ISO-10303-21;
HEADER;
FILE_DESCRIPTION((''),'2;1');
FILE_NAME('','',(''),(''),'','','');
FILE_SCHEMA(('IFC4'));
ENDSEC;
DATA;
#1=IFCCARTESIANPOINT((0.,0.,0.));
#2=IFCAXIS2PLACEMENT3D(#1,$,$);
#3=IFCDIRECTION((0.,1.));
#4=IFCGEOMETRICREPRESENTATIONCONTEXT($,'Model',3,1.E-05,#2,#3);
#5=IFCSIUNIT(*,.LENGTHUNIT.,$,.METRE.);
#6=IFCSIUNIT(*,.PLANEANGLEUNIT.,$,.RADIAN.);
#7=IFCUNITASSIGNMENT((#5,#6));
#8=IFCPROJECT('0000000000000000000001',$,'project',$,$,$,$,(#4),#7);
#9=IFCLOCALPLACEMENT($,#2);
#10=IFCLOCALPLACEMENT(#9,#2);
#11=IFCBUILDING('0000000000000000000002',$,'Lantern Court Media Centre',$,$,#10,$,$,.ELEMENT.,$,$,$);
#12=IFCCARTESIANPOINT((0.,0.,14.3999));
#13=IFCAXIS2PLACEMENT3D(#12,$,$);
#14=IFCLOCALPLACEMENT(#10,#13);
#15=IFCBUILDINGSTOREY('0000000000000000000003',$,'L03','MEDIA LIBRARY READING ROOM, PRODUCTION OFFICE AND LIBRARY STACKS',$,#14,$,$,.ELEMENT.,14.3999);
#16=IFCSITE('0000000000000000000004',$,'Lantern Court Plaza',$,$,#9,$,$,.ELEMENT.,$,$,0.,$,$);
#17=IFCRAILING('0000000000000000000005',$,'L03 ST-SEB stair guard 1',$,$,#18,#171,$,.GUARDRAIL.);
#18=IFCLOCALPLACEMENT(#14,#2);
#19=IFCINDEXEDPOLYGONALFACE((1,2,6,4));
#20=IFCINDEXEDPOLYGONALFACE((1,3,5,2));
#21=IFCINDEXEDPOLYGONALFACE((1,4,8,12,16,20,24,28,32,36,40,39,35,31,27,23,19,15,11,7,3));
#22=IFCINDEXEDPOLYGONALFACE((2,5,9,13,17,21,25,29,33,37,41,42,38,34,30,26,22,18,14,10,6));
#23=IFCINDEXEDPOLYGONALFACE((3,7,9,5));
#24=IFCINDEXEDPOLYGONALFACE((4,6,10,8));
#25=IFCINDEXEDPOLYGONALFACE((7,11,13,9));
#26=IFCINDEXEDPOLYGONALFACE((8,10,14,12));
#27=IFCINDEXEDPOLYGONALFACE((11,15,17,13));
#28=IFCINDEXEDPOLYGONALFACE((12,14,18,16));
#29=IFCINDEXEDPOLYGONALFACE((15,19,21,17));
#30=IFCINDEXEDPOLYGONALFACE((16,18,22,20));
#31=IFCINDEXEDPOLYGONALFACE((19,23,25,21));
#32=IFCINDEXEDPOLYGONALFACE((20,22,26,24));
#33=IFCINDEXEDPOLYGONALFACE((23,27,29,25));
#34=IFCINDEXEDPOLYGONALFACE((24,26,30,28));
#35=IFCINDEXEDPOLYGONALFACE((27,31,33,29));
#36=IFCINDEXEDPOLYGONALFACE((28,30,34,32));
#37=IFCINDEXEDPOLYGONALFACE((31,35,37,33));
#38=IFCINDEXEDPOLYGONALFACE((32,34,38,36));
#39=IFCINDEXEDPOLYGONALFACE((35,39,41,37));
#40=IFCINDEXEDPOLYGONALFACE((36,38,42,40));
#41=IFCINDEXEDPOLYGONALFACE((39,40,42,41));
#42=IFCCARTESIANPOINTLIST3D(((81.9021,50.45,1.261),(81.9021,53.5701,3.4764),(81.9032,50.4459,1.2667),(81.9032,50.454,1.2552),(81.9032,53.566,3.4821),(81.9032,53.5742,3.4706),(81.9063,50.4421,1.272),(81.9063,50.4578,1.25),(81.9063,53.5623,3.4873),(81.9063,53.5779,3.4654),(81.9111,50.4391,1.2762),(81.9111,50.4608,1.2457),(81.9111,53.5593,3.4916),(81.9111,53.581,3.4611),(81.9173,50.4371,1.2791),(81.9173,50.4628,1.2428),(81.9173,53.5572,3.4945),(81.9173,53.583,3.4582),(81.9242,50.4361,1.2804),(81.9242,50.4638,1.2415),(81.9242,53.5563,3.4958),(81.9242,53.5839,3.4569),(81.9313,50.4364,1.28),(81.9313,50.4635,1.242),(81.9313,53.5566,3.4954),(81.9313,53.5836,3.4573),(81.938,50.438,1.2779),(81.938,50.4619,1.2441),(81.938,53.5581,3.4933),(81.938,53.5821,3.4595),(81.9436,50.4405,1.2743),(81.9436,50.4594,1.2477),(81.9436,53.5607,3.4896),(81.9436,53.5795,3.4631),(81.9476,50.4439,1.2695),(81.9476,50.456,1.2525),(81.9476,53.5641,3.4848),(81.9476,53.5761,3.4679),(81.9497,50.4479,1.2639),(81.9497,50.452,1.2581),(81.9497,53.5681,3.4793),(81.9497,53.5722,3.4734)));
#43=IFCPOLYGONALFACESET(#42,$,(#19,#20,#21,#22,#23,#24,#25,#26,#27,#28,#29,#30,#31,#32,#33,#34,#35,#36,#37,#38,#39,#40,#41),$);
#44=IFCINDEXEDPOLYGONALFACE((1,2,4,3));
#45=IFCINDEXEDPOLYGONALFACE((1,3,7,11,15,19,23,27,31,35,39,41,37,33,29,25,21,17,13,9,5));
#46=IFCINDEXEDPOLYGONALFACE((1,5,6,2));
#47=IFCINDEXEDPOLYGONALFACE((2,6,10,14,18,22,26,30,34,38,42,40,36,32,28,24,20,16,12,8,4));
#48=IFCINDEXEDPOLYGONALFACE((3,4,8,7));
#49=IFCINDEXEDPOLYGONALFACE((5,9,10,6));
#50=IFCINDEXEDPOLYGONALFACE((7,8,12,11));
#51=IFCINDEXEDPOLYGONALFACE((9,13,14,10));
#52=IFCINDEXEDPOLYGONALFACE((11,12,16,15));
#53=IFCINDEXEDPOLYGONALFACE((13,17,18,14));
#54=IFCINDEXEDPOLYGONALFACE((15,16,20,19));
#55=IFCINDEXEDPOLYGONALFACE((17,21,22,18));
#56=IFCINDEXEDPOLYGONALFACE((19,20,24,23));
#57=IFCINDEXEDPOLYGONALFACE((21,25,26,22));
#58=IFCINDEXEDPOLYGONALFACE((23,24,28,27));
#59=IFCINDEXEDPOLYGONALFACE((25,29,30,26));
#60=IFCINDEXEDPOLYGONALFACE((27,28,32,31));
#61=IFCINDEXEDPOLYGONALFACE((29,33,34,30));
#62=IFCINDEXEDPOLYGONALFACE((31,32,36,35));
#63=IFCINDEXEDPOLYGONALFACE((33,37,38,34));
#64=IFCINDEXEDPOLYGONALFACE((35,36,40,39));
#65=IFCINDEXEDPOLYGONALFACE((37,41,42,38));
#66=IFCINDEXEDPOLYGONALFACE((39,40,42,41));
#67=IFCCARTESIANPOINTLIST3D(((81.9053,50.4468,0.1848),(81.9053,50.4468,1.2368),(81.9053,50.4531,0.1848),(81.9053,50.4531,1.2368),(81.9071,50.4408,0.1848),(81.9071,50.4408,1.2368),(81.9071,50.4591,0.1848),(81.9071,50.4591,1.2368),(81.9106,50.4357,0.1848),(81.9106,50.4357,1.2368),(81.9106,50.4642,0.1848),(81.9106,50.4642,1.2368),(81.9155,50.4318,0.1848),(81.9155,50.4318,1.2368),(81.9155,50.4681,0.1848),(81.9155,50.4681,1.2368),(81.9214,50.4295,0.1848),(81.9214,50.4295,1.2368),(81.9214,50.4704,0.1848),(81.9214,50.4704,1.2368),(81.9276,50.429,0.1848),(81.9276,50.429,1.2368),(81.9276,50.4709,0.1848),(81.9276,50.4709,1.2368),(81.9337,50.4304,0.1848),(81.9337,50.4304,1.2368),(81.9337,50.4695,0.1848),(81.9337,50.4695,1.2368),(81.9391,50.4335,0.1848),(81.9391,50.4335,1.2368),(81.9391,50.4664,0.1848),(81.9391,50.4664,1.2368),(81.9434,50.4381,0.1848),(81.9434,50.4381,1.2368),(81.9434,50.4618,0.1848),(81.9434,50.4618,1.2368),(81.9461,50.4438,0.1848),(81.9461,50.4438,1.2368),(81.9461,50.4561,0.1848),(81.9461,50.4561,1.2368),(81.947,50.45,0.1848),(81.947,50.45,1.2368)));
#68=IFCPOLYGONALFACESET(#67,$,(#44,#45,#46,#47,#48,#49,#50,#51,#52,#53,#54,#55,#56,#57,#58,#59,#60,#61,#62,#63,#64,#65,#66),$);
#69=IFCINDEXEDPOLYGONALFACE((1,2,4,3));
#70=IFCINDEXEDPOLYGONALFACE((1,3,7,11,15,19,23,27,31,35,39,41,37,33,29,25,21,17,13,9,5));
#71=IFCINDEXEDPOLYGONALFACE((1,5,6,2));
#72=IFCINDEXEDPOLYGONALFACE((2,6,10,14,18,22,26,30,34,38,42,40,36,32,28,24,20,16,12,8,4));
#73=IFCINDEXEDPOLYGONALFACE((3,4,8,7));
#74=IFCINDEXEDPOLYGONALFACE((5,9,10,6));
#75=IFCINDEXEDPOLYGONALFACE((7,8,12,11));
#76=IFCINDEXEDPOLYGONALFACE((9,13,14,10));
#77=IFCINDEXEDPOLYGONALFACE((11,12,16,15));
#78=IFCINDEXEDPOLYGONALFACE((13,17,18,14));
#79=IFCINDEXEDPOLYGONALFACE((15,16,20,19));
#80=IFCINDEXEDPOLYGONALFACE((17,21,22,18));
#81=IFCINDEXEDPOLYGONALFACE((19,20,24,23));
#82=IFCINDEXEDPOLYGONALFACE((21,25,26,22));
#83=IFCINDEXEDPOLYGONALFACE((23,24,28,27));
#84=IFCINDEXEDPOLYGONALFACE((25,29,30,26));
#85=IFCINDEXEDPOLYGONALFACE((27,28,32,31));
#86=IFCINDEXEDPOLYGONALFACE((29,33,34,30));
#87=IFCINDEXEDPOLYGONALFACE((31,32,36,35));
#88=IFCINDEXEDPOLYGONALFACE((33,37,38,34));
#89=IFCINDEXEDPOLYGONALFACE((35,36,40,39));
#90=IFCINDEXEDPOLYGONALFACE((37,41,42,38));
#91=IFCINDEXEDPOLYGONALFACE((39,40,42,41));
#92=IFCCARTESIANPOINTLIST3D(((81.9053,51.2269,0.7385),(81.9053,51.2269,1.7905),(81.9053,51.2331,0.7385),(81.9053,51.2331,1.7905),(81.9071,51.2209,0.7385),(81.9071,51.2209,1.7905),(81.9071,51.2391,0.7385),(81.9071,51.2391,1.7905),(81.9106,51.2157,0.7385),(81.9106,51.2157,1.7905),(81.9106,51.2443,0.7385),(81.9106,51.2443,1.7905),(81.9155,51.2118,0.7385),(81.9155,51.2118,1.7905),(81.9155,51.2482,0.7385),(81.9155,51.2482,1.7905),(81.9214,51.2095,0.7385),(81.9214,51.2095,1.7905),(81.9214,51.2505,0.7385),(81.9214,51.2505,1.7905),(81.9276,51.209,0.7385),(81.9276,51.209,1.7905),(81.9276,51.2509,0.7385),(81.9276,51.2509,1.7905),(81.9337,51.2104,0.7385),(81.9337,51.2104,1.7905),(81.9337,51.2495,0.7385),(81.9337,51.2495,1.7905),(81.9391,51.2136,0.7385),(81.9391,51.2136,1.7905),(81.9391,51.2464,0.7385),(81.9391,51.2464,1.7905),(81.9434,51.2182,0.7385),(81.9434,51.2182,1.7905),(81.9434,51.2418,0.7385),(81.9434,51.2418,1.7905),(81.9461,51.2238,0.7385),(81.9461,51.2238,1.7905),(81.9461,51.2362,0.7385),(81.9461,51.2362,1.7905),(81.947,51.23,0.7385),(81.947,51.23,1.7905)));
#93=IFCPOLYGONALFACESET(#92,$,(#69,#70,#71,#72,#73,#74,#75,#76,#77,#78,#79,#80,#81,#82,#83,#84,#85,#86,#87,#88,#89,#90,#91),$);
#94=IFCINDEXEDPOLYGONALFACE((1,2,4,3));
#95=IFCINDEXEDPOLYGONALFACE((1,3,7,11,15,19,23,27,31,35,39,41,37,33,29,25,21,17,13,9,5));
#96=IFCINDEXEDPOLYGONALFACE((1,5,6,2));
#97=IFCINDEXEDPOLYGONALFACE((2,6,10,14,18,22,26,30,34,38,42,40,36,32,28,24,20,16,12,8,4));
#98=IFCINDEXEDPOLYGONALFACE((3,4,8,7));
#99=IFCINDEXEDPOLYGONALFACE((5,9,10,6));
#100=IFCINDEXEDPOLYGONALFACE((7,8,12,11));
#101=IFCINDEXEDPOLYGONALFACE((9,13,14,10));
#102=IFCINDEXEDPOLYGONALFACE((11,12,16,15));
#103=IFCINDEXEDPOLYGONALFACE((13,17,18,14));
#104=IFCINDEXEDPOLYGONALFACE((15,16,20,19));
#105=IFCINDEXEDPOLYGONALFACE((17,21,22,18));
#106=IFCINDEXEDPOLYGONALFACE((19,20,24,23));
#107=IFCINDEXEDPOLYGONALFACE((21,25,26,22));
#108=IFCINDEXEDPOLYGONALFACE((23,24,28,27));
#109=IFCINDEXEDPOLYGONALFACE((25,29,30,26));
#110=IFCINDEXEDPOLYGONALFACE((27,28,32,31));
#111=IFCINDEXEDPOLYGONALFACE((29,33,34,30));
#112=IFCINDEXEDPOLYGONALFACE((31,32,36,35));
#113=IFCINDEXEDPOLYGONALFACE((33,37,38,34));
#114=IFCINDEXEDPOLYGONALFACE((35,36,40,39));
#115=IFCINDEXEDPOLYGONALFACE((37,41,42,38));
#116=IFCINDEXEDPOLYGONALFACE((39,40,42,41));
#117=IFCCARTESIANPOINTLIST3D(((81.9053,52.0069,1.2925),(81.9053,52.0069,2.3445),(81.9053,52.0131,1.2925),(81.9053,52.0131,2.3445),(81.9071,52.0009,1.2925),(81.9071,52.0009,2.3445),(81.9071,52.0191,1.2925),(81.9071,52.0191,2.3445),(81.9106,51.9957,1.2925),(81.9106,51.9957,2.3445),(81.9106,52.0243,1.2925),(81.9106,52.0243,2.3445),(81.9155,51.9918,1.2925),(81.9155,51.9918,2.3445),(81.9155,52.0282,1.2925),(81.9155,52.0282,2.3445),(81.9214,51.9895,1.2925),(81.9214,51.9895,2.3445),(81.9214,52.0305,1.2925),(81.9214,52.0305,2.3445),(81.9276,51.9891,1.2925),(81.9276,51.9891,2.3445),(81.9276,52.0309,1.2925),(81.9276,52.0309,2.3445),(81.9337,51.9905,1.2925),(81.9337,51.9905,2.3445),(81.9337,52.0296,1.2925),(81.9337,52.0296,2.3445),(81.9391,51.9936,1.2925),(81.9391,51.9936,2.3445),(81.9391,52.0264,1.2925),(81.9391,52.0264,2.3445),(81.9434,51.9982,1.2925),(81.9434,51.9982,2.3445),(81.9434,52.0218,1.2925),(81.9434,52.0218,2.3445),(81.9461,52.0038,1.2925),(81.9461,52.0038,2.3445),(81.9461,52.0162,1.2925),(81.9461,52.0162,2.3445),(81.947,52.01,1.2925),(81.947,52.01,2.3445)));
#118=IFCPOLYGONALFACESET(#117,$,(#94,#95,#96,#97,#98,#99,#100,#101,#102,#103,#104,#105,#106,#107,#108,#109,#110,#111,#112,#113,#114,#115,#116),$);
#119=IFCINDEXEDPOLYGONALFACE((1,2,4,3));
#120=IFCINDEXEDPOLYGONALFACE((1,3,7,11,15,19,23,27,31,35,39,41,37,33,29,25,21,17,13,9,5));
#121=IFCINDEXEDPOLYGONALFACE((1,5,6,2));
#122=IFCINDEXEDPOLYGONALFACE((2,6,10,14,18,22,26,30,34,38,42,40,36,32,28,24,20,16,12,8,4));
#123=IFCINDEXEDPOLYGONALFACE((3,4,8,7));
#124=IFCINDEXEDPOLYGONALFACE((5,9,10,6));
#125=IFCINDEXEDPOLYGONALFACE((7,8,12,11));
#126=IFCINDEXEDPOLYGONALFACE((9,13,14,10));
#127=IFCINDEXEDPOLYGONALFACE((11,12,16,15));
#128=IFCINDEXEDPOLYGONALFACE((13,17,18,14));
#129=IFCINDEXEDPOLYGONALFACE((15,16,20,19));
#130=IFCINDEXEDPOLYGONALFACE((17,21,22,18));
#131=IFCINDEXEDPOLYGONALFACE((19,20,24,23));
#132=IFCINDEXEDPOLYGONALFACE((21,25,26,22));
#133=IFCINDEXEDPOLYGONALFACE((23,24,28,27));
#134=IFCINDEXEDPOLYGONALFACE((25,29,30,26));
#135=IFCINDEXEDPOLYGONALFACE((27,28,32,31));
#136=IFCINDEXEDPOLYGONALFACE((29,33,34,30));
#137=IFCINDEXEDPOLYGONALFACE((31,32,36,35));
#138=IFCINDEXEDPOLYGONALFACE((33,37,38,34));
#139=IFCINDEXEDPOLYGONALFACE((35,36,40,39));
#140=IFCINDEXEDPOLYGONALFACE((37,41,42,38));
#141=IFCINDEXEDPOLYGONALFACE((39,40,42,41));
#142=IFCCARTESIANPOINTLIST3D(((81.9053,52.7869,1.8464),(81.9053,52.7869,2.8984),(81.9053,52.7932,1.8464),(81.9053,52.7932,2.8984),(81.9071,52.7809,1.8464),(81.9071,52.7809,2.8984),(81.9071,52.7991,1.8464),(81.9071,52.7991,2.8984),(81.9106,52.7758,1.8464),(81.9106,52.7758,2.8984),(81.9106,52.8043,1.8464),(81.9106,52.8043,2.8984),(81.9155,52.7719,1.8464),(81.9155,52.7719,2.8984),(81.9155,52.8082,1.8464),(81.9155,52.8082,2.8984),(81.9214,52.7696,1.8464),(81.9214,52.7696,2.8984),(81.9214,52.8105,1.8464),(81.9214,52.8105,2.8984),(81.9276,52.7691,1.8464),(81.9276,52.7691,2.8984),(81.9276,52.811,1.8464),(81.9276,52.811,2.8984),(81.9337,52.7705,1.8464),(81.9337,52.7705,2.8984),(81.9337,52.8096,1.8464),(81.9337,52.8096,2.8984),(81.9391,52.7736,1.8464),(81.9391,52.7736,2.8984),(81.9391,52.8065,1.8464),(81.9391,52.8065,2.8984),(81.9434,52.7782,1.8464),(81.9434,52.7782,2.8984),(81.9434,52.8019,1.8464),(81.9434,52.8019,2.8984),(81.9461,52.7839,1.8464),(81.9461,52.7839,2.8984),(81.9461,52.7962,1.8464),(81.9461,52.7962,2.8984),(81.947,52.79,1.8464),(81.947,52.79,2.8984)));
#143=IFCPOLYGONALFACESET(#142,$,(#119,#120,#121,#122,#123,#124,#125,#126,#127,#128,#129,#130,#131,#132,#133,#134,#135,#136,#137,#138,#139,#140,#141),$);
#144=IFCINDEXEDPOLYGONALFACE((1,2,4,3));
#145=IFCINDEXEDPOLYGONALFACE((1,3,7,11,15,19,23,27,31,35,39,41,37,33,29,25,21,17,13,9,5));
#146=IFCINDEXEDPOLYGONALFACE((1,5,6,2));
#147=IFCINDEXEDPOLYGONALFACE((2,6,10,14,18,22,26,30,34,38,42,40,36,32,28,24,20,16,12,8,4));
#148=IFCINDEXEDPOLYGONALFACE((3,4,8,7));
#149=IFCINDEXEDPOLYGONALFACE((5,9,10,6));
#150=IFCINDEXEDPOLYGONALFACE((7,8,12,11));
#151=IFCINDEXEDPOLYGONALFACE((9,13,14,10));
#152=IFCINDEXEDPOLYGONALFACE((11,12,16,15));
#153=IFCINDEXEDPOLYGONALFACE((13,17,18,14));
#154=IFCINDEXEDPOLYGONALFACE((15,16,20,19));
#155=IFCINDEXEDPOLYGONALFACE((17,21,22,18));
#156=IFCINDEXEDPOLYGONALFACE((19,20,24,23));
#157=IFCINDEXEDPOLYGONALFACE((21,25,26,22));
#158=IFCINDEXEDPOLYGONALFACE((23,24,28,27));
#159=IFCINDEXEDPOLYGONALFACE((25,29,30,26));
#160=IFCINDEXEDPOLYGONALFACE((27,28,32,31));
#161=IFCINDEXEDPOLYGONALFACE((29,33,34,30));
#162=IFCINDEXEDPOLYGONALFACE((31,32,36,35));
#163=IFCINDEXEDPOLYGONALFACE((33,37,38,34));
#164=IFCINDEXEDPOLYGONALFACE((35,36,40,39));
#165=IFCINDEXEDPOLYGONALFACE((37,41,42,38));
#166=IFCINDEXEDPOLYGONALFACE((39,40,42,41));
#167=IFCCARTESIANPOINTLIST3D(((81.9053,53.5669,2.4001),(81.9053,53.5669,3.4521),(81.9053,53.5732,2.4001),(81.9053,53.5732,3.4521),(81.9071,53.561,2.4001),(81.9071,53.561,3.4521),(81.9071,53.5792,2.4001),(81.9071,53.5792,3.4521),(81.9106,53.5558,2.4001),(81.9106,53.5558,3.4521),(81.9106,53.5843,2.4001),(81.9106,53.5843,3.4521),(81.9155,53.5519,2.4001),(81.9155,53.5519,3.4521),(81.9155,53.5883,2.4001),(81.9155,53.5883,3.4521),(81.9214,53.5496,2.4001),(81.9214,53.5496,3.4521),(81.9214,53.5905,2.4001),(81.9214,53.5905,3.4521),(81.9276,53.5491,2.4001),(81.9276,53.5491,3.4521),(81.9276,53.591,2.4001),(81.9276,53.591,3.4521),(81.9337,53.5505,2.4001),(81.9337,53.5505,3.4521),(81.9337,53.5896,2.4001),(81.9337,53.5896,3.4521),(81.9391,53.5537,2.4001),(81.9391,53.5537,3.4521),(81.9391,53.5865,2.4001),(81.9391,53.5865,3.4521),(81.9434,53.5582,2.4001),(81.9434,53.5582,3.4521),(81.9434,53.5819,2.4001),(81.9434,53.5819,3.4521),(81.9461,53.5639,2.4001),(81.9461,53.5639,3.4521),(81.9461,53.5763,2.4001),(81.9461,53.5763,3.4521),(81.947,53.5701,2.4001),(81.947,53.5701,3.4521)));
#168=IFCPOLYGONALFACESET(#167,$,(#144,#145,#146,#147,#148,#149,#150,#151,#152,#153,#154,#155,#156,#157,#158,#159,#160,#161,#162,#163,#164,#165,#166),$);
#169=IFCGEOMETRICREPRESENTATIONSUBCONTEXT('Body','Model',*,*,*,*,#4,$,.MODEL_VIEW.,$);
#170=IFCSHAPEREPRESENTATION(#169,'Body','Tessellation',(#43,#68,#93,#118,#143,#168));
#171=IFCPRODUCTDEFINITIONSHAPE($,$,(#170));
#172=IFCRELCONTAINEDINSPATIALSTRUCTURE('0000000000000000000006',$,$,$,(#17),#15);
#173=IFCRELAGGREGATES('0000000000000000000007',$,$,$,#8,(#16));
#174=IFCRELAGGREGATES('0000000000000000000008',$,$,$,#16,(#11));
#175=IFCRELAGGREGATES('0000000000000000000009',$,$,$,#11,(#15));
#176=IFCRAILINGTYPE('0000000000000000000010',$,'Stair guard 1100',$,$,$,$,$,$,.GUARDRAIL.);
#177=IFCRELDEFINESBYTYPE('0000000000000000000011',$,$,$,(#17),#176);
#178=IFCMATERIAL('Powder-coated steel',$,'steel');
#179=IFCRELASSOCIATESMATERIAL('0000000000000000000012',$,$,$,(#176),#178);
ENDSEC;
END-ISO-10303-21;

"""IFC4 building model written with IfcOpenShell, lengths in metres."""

from ifc_helpers import new_model, si_unit, direction, frame, origin, origin_2d, place, context, subcontext, project, spatial, circle, extrude, material, type_object, element, save


model = new_model("IFC4")

# Units and contexts
model_context = context("Model", 3, precision=1e-05, world=origin(), true_north=direction((0.0, 1.0)))
body_context = subcontext(model_context, "Body", "Model", "MODEL_VIEW")
ifc_project = project(units=[si_unit("LENGTHUNIT", "METRE"), si_unit("PLANEANGLEUNIT", "RADIAN")], contexts=[model_context])

# Site, building, storey
site_placement = place(None, origin())
site = spatial("IfcSite", under=ifc_project, at=site_placement, Name="Lantern Court Plaza", CompositionType="ELEMENT", RefElevation=0.0)
building_placement = place(site_placement, origin())
building = spatial("IfcBuilding", under=site, at=building_placement, Name="Lantern Court Media Centre", CompositionType="ELEMENT")
storey_placement = place(building_placement, frame((0.0, 0.0, 14.3999)))
storey = spatial("IfcBuildingStorey", under=building, at=storey_placement, Name="L03", Description="MEDIA LIBRARY READING ROOM, PRODUCTION OFFICE AND LIBRARY STACKS", CompositionType="ELEMENT", Elevation=14.3999)

# Railing
ifc_material_1 = material(Name="Powder-coated steel", Category="steel")
railing_type_1 = type_object("IfcRailingType", Name="Stair guard 1100", PredefinedType="GUARDRAIL", material=ifc_material_1)
railing_1_placement = place(storey_placement, frame((81.926, 50.45, 0.1848)))
element("IfcRailing", 1, at=railing_1_placement, inside=storey, type_object=railing_type_1, Name="L03 ST-SEB stair guard 1", PredefinedType="GUARDRAIL", context=body_context, shape_type="SweptSolid", body=[
    extrude(circle(Radius=0.0239, at=origin_2d()), frame((0.0, 0.0, 1.0762), z_axis=(0.0, 0.815377, 0.57893), x_axis=(-1.0, 0.0, 0.0)), (0.0, 0.0, 1.0), 3.8267),
    extrude(circle(Radius=0.021, at=origin_2d()), origin(), (0.0, 0.0, 1.0), 1.052),
    extrude(circle(Radius=0.021, at=origin_2d()), frame((0.0, 0.78, 0.5537)), (0.0, 0.0, 1.0), 1.052),
    extrude(circle(Radius=0.021, at=origin_2d()), frame((0.0, 1.5601, 1.1077)), (0.0, 0.0, 1.0), 1.052),
    extrude(circle(Radius=0.021, at=origin_2d()), frame((0.0, 2.3401, 1.6616)), (0.0, 0.0, 1.0), 1.052),
    extrude(circle(Radius=0.021, at=origin_2d()), frame((0.0, 3.1201, 2.2153)), (0.0, 0.0, 1.0), 1.052),
])

save(model, "model.ifc")
